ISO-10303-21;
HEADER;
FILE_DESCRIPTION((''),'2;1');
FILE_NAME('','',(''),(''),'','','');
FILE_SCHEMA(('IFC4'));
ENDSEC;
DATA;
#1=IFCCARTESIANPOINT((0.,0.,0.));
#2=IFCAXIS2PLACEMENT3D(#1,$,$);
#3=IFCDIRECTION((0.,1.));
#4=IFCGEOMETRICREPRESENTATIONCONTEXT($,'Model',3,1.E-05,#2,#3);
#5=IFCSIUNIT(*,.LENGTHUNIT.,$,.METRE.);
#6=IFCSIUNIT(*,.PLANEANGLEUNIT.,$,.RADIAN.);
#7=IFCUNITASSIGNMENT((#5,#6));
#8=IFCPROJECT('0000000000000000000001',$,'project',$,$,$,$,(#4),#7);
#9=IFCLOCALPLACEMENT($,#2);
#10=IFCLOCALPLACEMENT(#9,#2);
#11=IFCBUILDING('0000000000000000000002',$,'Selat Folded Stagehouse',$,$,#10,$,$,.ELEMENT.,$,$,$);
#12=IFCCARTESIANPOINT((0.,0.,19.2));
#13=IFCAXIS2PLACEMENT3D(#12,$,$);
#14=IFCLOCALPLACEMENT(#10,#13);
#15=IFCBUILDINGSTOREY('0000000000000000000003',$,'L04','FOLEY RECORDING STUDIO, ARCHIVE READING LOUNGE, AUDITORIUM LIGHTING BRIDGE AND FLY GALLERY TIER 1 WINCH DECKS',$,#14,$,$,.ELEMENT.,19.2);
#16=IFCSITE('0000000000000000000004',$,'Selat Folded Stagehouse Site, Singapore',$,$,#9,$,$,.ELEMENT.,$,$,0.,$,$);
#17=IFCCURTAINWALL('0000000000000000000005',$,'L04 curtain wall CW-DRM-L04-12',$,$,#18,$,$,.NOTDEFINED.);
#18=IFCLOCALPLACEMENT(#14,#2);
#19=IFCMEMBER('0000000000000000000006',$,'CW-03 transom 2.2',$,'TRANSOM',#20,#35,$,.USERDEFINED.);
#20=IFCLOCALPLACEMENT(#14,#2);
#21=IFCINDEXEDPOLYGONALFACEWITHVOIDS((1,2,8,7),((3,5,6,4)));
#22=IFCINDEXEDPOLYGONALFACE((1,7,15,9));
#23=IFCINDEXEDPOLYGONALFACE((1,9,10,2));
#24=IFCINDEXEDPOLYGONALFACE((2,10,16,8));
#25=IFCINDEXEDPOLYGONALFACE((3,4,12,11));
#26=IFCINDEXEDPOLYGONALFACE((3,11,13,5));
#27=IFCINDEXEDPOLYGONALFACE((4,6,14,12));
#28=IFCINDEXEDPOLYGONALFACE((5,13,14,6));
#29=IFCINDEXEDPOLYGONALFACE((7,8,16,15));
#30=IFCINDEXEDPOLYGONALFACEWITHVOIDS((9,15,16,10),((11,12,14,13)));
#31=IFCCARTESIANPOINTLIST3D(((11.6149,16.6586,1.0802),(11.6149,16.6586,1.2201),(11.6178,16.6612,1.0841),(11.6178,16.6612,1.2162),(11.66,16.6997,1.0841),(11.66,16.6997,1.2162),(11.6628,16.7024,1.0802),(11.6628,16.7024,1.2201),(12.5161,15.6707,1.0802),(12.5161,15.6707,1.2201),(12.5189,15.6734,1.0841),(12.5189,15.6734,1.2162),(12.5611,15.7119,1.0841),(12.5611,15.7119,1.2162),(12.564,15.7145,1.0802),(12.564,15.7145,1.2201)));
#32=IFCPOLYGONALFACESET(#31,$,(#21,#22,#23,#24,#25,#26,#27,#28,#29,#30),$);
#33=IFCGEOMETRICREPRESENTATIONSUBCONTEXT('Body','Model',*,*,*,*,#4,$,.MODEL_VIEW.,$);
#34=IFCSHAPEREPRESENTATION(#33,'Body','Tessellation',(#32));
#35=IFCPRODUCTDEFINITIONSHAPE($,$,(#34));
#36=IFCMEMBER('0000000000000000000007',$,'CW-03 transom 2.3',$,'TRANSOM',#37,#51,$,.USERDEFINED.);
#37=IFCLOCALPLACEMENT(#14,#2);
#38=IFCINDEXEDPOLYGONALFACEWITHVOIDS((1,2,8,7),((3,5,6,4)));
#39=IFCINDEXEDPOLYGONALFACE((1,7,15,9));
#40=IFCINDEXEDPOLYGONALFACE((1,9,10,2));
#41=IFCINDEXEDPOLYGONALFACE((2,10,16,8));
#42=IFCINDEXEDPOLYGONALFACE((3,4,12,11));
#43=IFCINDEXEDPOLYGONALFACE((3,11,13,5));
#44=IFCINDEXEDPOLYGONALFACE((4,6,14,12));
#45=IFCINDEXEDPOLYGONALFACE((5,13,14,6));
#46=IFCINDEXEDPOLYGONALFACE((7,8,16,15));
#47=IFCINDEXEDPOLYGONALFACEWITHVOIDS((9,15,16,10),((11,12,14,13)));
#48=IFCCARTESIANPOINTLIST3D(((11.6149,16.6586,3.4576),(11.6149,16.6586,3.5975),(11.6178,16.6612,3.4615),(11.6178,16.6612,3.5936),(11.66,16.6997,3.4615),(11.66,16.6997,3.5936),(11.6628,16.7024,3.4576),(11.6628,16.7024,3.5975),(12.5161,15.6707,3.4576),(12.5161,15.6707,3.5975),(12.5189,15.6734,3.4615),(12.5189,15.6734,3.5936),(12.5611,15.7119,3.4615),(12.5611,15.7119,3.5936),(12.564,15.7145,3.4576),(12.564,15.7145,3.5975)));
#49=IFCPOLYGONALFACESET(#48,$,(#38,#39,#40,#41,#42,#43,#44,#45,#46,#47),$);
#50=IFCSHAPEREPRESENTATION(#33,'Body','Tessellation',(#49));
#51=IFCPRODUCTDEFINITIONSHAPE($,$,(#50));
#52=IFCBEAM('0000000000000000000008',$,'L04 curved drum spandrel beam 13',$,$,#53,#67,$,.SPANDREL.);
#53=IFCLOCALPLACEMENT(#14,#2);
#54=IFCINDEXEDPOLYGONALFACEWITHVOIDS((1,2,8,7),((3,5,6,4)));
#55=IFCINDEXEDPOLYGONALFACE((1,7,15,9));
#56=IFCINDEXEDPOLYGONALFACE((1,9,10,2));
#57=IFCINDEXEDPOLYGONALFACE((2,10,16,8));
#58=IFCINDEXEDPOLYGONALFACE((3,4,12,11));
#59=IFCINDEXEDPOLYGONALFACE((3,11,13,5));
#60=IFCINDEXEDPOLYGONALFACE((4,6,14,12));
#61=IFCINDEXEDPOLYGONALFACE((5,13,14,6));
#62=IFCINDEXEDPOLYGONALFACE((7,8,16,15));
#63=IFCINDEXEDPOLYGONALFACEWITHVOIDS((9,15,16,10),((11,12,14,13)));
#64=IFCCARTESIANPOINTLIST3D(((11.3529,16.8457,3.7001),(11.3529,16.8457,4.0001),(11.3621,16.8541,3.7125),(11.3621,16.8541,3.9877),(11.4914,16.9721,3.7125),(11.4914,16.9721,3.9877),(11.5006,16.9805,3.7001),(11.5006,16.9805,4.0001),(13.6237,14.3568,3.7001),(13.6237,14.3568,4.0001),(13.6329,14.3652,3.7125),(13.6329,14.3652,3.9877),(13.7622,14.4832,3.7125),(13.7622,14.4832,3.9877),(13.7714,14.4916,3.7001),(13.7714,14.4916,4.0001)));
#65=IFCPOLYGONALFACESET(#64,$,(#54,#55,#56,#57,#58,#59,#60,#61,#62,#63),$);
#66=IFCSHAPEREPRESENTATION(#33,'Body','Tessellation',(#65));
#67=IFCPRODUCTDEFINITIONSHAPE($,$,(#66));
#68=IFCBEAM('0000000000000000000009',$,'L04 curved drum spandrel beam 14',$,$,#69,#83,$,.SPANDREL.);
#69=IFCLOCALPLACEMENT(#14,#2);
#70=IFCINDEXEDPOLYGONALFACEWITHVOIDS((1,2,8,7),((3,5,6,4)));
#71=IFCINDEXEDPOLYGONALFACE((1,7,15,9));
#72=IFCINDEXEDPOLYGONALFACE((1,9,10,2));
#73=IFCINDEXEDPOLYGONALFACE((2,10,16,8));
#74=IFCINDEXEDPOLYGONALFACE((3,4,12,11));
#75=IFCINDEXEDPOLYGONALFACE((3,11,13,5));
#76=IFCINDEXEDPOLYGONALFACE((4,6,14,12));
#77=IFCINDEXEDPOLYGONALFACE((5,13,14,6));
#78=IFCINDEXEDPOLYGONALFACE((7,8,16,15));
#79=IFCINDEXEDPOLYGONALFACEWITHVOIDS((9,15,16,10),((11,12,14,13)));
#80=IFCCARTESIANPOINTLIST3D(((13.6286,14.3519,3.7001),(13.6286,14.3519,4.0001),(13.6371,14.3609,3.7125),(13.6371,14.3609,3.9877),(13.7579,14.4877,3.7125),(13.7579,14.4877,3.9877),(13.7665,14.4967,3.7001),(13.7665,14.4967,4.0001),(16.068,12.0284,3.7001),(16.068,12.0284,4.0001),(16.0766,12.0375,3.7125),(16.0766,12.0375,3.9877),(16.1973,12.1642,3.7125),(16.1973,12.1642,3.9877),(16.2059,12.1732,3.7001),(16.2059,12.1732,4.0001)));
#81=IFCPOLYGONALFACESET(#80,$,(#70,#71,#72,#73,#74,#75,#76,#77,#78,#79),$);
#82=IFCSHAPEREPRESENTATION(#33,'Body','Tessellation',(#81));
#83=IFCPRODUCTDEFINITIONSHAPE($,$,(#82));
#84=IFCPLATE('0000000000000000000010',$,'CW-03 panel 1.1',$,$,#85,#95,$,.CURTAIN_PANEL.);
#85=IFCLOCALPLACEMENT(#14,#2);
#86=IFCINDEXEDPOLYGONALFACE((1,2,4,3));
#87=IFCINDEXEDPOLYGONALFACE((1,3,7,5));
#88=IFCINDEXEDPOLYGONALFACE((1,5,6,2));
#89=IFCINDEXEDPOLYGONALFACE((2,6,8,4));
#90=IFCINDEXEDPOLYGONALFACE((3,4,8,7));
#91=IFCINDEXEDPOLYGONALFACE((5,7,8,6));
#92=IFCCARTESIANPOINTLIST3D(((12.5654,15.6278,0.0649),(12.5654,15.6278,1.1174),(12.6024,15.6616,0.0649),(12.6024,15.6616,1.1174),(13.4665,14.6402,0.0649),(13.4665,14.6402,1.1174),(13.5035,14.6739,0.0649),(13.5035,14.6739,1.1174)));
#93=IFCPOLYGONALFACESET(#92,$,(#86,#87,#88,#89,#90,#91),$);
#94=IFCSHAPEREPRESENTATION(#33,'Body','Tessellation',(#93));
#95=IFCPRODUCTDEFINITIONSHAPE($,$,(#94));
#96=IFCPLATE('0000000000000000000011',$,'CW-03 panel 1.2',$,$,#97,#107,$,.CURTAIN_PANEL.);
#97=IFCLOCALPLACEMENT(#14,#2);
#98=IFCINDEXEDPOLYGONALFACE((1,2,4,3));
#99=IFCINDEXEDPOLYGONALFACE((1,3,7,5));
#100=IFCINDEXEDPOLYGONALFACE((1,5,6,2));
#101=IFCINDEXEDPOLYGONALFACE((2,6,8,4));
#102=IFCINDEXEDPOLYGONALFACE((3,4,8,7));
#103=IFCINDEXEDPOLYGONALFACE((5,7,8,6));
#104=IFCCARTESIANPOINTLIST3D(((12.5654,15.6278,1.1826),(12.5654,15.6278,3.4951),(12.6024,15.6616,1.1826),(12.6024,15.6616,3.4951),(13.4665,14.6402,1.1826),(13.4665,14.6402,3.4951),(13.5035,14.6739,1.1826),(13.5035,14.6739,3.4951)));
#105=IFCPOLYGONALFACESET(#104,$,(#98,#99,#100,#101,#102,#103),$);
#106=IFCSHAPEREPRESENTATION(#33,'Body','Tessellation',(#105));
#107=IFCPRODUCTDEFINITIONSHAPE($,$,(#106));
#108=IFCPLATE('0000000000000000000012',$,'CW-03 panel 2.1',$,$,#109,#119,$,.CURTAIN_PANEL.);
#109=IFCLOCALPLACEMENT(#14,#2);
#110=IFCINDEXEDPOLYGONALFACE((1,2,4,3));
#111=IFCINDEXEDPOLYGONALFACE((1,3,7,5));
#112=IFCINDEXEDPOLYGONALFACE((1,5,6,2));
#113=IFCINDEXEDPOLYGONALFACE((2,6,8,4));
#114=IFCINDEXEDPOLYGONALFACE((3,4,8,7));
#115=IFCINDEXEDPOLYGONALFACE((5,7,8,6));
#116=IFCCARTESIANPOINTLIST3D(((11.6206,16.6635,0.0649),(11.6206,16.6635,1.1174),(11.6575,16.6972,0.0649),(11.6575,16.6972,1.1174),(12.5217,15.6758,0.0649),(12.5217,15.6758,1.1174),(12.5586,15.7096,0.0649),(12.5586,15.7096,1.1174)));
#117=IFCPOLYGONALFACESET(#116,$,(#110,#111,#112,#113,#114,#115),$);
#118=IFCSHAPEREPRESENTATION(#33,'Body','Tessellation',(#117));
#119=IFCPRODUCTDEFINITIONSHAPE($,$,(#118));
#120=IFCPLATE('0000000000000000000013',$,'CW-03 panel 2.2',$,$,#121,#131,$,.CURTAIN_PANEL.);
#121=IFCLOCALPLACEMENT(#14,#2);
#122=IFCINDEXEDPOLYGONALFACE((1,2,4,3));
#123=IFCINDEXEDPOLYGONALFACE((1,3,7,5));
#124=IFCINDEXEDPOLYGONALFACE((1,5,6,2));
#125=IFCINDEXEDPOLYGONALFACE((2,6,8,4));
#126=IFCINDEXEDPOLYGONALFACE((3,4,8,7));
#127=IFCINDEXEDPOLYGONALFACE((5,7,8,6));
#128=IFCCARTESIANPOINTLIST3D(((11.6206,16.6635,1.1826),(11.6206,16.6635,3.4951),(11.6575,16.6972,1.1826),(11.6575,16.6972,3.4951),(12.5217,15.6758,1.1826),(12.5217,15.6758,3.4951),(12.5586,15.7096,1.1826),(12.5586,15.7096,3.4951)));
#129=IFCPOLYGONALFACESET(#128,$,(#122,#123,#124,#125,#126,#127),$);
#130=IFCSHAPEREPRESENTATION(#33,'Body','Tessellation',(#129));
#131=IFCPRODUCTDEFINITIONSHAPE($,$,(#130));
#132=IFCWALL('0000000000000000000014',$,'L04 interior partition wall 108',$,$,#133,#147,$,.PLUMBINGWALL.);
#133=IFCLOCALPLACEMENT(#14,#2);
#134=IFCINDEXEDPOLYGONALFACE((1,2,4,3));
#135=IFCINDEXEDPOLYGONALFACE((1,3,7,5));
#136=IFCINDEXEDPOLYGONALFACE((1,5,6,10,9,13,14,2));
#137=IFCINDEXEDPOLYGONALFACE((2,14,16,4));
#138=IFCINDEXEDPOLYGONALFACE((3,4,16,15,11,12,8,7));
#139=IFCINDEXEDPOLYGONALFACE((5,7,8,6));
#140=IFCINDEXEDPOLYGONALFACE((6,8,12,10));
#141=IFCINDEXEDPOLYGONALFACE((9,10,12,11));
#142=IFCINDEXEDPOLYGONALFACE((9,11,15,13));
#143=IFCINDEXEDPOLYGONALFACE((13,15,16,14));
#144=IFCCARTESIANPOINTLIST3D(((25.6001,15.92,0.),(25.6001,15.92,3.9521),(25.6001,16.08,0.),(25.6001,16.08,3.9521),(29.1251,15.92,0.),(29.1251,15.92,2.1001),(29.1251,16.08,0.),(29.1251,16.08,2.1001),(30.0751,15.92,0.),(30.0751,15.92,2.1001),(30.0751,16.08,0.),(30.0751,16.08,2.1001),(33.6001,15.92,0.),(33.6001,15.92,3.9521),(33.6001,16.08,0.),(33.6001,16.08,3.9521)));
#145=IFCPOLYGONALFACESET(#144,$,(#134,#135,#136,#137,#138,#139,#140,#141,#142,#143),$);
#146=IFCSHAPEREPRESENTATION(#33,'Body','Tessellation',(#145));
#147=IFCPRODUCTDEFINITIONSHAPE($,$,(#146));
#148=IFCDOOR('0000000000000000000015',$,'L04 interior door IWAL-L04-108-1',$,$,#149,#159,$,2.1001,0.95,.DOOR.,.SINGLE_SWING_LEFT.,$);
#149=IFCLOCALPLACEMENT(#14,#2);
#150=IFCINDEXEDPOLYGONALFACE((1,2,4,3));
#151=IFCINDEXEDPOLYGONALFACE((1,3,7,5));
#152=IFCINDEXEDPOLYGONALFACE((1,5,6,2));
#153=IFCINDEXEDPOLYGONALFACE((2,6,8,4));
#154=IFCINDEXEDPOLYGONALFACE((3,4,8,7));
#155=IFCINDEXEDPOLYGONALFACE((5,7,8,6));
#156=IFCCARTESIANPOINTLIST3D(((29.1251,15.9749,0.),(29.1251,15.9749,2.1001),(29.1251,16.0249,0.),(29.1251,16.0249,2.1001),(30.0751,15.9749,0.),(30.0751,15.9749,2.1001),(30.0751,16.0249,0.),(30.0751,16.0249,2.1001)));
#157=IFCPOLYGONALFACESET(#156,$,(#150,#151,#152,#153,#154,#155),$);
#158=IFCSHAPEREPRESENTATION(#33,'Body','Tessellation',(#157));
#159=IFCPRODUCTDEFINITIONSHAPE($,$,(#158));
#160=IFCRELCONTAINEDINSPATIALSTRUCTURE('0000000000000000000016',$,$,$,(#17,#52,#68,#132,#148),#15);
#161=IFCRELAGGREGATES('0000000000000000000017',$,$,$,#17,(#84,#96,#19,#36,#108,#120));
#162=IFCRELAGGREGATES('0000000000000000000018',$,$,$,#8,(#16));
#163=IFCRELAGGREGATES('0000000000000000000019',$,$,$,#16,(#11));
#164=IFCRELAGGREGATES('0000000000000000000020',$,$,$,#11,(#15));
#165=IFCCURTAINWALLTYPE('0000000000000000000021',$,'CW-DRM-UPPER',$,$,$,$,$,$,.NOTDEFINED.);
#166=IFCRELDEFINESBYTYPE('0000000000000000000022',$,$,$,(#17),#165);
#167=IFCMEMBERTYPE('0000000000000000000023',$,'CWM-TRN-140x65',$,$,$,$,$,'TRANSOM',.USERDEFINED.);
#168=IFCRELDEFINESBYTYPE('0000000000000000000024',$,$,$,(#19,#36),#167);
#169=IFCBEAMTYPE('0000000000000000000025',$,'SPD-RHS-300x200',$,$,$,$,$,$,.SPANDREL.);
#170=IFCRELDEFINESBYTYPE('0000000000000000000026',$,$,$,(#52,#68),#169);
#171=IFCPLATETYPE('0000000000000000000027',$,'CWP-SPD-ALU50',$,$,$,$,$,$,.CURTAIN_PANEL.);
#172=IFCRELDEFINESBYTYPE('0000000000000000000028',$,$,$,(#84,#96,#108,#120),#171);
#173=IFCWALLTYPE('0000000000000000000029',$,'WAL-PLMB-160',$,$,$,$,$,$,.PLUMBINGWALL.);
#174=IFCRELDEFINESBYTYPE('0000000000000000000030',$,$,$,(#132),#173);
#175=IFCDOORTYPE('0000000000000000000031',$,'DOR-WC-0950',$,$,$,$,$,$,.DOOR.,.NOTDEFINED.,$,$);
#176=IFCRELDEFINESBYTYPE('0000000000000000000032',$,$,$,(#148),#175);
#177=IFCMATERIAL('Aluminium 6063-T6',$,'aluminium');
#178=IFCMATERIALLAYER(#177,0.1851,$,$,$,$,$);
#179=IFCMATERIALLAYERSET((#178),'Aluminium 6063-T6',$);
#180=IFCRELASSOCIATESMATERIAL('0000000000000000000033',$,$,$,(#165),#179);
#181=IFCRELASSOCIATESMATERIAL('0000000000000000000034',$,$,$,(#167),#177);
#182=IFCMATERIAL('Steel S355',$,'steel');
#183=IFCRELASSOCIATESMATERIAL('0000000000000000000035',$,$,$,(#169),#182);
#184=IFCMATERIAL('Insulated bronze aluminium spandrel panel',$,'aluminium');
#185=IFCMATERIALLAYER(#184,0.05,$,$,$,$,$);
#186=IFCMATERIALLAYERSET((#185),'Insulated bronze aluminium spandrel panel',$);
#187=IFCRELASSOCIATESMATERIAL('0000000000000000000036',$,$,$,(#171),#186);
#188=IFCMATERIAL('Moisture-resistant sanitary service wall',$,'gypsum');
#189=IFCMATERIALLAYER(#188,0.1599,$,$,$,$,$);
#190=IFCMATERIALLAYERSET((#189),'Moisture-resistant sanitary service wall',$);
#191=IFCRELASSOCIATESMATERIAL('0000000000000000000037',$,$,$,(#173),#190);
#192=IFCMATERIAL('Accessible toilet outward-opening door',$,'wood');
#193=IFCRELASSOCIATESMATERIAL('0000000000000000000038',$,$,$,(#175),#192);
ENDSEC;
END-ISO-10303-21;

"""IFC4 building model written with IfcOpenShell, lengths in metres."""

from ifc_helpers import new_model, si_unit, direction, frame, frame_2d, origin, origin_2d, place, context, subcontext, project, spatial, rectangle, hollow_rectangle, extrude, material, layer, layer_set, material_profile, profile_set, type_object, element, fill, aggregate, save


model = new_model("IFC4")

# Units and contexts
model_context = context("Model", 3, precision=1e-05, world=origin(), true_north=direction((0.0, 1.0)))
body_context = subcontext(model_context, "Body", "Model", "MODEL_VIEW")
ifc_project = project(units=[si_unit("LENGTHUNIT", "METRE"), si_unit("PLANEANGLEUNIT", "RADIAN")], contexts=[model_context])

# Site, building, storey
site_placement = place(None, origin())
site = spatial("IfcSite", under=ifc_project, at=site_placement, Name="Selat Folded Stagehouse Site, Singapore", CompositionType="ELEMENT", RefElevation=0.0)
building_placement = place(site_placement, origin())
building = spatial("IfcBuilding", under=site, at=building_placement, Name="Selat Folded Stagehouse", CompositionType="ELEMENT")
storey_placement = place(building_placement, frame((0.0, 0.0, 19.2)))
storey = spatial("IfcBuildingStorey", under=building, at=storey_placement, Name="L04", Description="FOLEY RECORDING STUDIO, ARCHIVE READING LOUNGE, AUDITORIUM LIGHTING BRIDGE AND FLY GALLERY TIER 1 WINCH DECKS", CompositionType="ELEMENT", Elevation=19.2)

# Shared definitions
ifc_material_1 = material(Name="Steel S355", Category="steel")

# Curtain wall, members
ifc_material_2 = material(Name="Aluminium 6063-T6", Category="aluminium")
ifc_layer_1 = layer(ifc_material_2, 0.1851)
ifc_layer_set_1 = layer_set([ifc_layer_1], Name="Aluminium 6063-T6")
curtain_wall_type = type_object("IfcCurtainWallType", Name="CW-DRM-UPPER", PredefinedType="NOTDEFINED", material=ifc_layer_set_1)
curtain_wall_placement = place(storey_placement, origin())
curtain_wall = element("IfcCurtainWall", 1, at=curtain_wall_placement, inside=storey, type_object=curtain_wall_type, Name="L04 curtain wall CW-DRM-L04-12", PredefinedType="NOTDEFINED")
ifc_material_profile_1 = material_profile(ifc_material_2, hollow_rectangle(XDim=0.0649, YDim=0.1399, WallThickness=0.0039, at=origin_2d()), Name="ALU 140x65x4.0")
ifc_profile_set_1 = profile_set([ifc_material_profile_1], Name="Aluminium 6063-T6")
member_type_1 = type_object("IfcMemberType", Name="CWM-TRN-140x65", ElementType="TRANSOM", PredefinedType="USERDEFINED", material=ifc_profile_set_1)
member_1_placement = place(storey_placement, frame((12.54, 15.6926, 1.1501), z_axis=(-0.673953, 0.738774, 0.0), x_axis=(-0.738774, -0.673953, 0.0)))
member_1 = element("IfcMember", 2, at=member_1_placement, type_object=member_type_1, Name="CW-03 transom 2.2", ObjectType="TRANSOM", PredefinedType="USERDEFINED", context=body_context, shape_type="SweptSolid", body=[
    extrude(hollow_rectangle(XDim=0.0649, YDim=0.1399, WallThickness=0.0039, at=origin_2d()), origin(), (0.0, 0.0, 1.0), 1.3372),
])
member_2_placement = place(storey_placement, frame((12.54, 15.6926, 3.5276), z_axis=(-0.673953, 0.738774, 0.0), x_axis=(-0.738774, -0.673953, 0.0)))
member_2 = element("IfcMember", 3, at=member_2_placement, type_object=member_type_1, Name="CW-03 transom 2.3", ObjectType="TRANSOM", PredefinedType="USERDEFINED", context=body_context, shape_type="SweptSolid", body=[
    extrude(hollow_rectangle(XDim=0.0649, YDim=0.1399, WallThickness=0.0039, at=origin_2d()), origin(), (0.0, 0.0, 1.0), 1.3372),
])

# Beams
ifc_material_profile_2 = material_profile(ifc_material_1, hollow_rectangle(XDim=0.2, YDim=0.3, WallThickness=0.0125, at=origin_2d()), Name="RHS 300x200x12.5")
ifc_profile_set_2 = profile_set([ifc_material_profile_2], Name="Steel S355")
beam_type = type_object("IfcBeamType", Name="SPD-RHS-300x200", PredefinedType="SPANDREL", material=ifc_profile_set_2)
beam_1_placement = place(storey_placement, frame((11.4268, 16.9131, 3.8501), z_axis=(0.67401, -0.738722, 0.0), x_axis=(0.738722, 0.67401, 0.0)))
element("IfcBeam", 4, at=beam_1_placement, inside=storey, type_object=beam_type, Name="L04 curved drum spandrel beam 13", PredefinedType="SPANDREL", context=body_context, shape_type="SweptSolid", body=[
    extrude(hollow_rectangle(XDim=0.2, YDim=0.3, WallThickness=0.0125, at=origin_2d()), origin(), (0.0, 0.0, 1.0), 3.3691),
])
beam_2_placement = place(storey_placement, frame((13.6975, 14.4243, 3.8501), z_axis=(0.724109, -0.689686, 0.0), x_axis=(0.689686, 0.724109, 0.0)))
element("IfcBeam", 5, at=beam_2_placement, inside=storey, type_object=beam_type, Name="L04 curved drum spandrel beam 14", PredefinedType="SPANDREL", context=body_context, shape_type="SweptSolid", body=[
    extrude(hollow_rectangle(XDim=0.2, YDim=0.3, WallThickness=0.0125, at=origin_2d()), origin(), (0.0, 0.0, 1.0), 3.3689),
])

# Plates
ifc_material_3 = material(Name="Insulated bronze aluminium spandrel panel", Category="aluminium")
ifc_layer_2 = layer(ifc_material_3, 0.05)
ifc_layer_set_2 = layer_set([ifc_layer_2], Name="Insulated bronze aluminium spandrel panel")
plate_type = type_object("IfcPlateType", Name="CWP-SPD-ALU50", PredefinedType="CURTAIN_PANEL", material=ifc_layer_set_2)
plate_1_placement = place(storey_placement, frame((13.0344, 15.1509, 0.0649), z_axis=(0.0, 0.0, 1.0), x_axis=(-0.674002, 0.738729, 0.0)))
plate_1 = element("IfcPlate", 6, at=plate_1_placement, type_object=plate_type, Name="CW-03 panel 1.1", PredefinedType="CURTAIN_PANEL", context=body_context, shape_type="SweptSolid", body=[
    extrude(rectangle(XDim=1.3369, YDim=0.05, at=origin_2d()), origin(), (0.0, 0.0, 1.0), 1.0525),
])
plate_2_placement = place(storey_placement, frame((13.0344, 15.1509, 1.1826), z_axis=(0.0, 0.0, 1.0), x_axis=(-0.674002, 0.738729, 0.0)))
plate_2 = element("IfcPlate", 7, at=plate_2_placement, type_object=plate_type, Name="CW-03 panel 1.2", PredefinedType="CURTAIN_PANEL", context=body_context, shape_type="SweptSolid", body=[
    extrude(rectangle(XDim=1.3369, YDim=0.05, at=origin_2d()), origin(), (0.0, 0.0, 1.0), 2.3125),
])
plate_3_placement = place(storey_placement, frame((12.0896, 16.1865, 0.0649), z_axis=(0.0, 0.0, 1.0), x_axis=(-0.674002, 0.738729, 0.0)))
plate_3 = element("IfcPlate", 8, at=plate_3_placement, type_object=plate_type, Name="CW-03 panel 2.1", PredefinedType="CURTAIN_PANEL", context=body_context, shape_type="SweptSolid", body=[
    extrude(rectangle(XDim=1.3369, YDim=0.05, at=origin_2d()), origin(), (0.0, 0.0, 1.0), 1.0525),
])
plate_4_placement = place(storey_placement, frame((12.0896, 16.1865, 1.1826), z_axis=(0.0, 0.0, 1.0), x_axis=(-0.674002, 0.738729, 0.0)))
plate_4 = element("IfcPlate", 9, at=plate_4_placement, type_object=plate_type, Name="CW-03 panel 2.2", PredefinedType="CURTAIN_PANEL", context=body_context, shape_type="SweptSolid", body=[
    extrude(rectangle(XDim=1.3369, YDim=0.05, at=origin_2d()), origin(), (0.0, 0.0, 1.0), 2.3125),
])
aggregate(curtain_wall, [plate_1, plate_2, member_1, member_2, plate_3, plate_4])

# Wall, opening, door
ifc_material_4 = material(Name="Moisture-resistant sanitary service wall", Category="gypsum")
ifc_layer_3 = layer(ifc_material_4, 0.1599)
ifc_layer_set_3 = layer_set([ifc_layer_3], Name="Moisture-resistant sanitary service wall")
wall_type = type_object("IfcWallType", Name="WAL-PLMB-160", PredefinedType="PLUMBINGWALL", material=ifc_layer_set_3)
wall_placement = place(storey_placement, frame((25.6001, 16.0, 0.0), z_axis=(0.0, 0.0, 1.0), x_axis=(1.0, 0.0, 0.0)))
wall = element("IfcWall", 10, at=wall_placement, inside=storey, type_object=wall_type, Name="L04 interior partition wall 108", PredefinedType="PLUMBINGWALL", context=body_context, shape_type="SweptSolid", body=[
    extrude(rectangle(XDim=8.0, YDim=0.1599, at=frame_2d((4.0, 0.0))), origin(), (0.0, 0.0, 1.0), 3.9521),
])
opening_placement = place(wall_placement, frame((3.5249, 0.0, 0.0)))
opening = element("IfcOpeningElement", 11, at=opening_placement, cuts=wall, PredefinedType="OPENING", context=body_context, shape_type="SweptSolid", body=[
    extrude(rectangle(XDim=0.95, YDim=2.1001, at=frame_2d((0.4751, 1.05))), frame((0.0, 0.0898, 0.0), z_axis=(0.0, -1.0, 0.0), x_axis=(1.0, 0.0, 0.0)), (0.0, 0.0, 1.0), 0.1799),
])
ifc_material_5 = material(Name="Accessible toilet outward-opening door", Category="wood")
door_type = type_object("IfcDoorType", Name="DOR-WC-0950", OperationType="NOTDEFINED", PredefinedType="DOOR", material=ifc_material_5)
door_placement = place(opening_placement, origin())
door = element("IfcDoor", 12, at=door_placement, inside=storey, type_object=door_type, Name="L04 interior door IWAL-L04-108-1", OperationType="SINGLE_SWING_LEFT", OverallHeight=2.1001, OverallWidth=0.95, PredefinedType="DOOR", context=body_context, shape_type="SweptSolid", body=[
    extrude(rectangle(XDim=0.95, YDim=2.1001, at=frame_2d((0.4751, 1.05))), frame((0.0, 0.0249, 0.0), z_axis=(0.0, -1.0, 0.0), x_axis=(1.0, 0.0, 0.0)), (0.0, 0.0, 1.0), 0.05),
])
fill(opening, door)

save(model, "model.ifc")
